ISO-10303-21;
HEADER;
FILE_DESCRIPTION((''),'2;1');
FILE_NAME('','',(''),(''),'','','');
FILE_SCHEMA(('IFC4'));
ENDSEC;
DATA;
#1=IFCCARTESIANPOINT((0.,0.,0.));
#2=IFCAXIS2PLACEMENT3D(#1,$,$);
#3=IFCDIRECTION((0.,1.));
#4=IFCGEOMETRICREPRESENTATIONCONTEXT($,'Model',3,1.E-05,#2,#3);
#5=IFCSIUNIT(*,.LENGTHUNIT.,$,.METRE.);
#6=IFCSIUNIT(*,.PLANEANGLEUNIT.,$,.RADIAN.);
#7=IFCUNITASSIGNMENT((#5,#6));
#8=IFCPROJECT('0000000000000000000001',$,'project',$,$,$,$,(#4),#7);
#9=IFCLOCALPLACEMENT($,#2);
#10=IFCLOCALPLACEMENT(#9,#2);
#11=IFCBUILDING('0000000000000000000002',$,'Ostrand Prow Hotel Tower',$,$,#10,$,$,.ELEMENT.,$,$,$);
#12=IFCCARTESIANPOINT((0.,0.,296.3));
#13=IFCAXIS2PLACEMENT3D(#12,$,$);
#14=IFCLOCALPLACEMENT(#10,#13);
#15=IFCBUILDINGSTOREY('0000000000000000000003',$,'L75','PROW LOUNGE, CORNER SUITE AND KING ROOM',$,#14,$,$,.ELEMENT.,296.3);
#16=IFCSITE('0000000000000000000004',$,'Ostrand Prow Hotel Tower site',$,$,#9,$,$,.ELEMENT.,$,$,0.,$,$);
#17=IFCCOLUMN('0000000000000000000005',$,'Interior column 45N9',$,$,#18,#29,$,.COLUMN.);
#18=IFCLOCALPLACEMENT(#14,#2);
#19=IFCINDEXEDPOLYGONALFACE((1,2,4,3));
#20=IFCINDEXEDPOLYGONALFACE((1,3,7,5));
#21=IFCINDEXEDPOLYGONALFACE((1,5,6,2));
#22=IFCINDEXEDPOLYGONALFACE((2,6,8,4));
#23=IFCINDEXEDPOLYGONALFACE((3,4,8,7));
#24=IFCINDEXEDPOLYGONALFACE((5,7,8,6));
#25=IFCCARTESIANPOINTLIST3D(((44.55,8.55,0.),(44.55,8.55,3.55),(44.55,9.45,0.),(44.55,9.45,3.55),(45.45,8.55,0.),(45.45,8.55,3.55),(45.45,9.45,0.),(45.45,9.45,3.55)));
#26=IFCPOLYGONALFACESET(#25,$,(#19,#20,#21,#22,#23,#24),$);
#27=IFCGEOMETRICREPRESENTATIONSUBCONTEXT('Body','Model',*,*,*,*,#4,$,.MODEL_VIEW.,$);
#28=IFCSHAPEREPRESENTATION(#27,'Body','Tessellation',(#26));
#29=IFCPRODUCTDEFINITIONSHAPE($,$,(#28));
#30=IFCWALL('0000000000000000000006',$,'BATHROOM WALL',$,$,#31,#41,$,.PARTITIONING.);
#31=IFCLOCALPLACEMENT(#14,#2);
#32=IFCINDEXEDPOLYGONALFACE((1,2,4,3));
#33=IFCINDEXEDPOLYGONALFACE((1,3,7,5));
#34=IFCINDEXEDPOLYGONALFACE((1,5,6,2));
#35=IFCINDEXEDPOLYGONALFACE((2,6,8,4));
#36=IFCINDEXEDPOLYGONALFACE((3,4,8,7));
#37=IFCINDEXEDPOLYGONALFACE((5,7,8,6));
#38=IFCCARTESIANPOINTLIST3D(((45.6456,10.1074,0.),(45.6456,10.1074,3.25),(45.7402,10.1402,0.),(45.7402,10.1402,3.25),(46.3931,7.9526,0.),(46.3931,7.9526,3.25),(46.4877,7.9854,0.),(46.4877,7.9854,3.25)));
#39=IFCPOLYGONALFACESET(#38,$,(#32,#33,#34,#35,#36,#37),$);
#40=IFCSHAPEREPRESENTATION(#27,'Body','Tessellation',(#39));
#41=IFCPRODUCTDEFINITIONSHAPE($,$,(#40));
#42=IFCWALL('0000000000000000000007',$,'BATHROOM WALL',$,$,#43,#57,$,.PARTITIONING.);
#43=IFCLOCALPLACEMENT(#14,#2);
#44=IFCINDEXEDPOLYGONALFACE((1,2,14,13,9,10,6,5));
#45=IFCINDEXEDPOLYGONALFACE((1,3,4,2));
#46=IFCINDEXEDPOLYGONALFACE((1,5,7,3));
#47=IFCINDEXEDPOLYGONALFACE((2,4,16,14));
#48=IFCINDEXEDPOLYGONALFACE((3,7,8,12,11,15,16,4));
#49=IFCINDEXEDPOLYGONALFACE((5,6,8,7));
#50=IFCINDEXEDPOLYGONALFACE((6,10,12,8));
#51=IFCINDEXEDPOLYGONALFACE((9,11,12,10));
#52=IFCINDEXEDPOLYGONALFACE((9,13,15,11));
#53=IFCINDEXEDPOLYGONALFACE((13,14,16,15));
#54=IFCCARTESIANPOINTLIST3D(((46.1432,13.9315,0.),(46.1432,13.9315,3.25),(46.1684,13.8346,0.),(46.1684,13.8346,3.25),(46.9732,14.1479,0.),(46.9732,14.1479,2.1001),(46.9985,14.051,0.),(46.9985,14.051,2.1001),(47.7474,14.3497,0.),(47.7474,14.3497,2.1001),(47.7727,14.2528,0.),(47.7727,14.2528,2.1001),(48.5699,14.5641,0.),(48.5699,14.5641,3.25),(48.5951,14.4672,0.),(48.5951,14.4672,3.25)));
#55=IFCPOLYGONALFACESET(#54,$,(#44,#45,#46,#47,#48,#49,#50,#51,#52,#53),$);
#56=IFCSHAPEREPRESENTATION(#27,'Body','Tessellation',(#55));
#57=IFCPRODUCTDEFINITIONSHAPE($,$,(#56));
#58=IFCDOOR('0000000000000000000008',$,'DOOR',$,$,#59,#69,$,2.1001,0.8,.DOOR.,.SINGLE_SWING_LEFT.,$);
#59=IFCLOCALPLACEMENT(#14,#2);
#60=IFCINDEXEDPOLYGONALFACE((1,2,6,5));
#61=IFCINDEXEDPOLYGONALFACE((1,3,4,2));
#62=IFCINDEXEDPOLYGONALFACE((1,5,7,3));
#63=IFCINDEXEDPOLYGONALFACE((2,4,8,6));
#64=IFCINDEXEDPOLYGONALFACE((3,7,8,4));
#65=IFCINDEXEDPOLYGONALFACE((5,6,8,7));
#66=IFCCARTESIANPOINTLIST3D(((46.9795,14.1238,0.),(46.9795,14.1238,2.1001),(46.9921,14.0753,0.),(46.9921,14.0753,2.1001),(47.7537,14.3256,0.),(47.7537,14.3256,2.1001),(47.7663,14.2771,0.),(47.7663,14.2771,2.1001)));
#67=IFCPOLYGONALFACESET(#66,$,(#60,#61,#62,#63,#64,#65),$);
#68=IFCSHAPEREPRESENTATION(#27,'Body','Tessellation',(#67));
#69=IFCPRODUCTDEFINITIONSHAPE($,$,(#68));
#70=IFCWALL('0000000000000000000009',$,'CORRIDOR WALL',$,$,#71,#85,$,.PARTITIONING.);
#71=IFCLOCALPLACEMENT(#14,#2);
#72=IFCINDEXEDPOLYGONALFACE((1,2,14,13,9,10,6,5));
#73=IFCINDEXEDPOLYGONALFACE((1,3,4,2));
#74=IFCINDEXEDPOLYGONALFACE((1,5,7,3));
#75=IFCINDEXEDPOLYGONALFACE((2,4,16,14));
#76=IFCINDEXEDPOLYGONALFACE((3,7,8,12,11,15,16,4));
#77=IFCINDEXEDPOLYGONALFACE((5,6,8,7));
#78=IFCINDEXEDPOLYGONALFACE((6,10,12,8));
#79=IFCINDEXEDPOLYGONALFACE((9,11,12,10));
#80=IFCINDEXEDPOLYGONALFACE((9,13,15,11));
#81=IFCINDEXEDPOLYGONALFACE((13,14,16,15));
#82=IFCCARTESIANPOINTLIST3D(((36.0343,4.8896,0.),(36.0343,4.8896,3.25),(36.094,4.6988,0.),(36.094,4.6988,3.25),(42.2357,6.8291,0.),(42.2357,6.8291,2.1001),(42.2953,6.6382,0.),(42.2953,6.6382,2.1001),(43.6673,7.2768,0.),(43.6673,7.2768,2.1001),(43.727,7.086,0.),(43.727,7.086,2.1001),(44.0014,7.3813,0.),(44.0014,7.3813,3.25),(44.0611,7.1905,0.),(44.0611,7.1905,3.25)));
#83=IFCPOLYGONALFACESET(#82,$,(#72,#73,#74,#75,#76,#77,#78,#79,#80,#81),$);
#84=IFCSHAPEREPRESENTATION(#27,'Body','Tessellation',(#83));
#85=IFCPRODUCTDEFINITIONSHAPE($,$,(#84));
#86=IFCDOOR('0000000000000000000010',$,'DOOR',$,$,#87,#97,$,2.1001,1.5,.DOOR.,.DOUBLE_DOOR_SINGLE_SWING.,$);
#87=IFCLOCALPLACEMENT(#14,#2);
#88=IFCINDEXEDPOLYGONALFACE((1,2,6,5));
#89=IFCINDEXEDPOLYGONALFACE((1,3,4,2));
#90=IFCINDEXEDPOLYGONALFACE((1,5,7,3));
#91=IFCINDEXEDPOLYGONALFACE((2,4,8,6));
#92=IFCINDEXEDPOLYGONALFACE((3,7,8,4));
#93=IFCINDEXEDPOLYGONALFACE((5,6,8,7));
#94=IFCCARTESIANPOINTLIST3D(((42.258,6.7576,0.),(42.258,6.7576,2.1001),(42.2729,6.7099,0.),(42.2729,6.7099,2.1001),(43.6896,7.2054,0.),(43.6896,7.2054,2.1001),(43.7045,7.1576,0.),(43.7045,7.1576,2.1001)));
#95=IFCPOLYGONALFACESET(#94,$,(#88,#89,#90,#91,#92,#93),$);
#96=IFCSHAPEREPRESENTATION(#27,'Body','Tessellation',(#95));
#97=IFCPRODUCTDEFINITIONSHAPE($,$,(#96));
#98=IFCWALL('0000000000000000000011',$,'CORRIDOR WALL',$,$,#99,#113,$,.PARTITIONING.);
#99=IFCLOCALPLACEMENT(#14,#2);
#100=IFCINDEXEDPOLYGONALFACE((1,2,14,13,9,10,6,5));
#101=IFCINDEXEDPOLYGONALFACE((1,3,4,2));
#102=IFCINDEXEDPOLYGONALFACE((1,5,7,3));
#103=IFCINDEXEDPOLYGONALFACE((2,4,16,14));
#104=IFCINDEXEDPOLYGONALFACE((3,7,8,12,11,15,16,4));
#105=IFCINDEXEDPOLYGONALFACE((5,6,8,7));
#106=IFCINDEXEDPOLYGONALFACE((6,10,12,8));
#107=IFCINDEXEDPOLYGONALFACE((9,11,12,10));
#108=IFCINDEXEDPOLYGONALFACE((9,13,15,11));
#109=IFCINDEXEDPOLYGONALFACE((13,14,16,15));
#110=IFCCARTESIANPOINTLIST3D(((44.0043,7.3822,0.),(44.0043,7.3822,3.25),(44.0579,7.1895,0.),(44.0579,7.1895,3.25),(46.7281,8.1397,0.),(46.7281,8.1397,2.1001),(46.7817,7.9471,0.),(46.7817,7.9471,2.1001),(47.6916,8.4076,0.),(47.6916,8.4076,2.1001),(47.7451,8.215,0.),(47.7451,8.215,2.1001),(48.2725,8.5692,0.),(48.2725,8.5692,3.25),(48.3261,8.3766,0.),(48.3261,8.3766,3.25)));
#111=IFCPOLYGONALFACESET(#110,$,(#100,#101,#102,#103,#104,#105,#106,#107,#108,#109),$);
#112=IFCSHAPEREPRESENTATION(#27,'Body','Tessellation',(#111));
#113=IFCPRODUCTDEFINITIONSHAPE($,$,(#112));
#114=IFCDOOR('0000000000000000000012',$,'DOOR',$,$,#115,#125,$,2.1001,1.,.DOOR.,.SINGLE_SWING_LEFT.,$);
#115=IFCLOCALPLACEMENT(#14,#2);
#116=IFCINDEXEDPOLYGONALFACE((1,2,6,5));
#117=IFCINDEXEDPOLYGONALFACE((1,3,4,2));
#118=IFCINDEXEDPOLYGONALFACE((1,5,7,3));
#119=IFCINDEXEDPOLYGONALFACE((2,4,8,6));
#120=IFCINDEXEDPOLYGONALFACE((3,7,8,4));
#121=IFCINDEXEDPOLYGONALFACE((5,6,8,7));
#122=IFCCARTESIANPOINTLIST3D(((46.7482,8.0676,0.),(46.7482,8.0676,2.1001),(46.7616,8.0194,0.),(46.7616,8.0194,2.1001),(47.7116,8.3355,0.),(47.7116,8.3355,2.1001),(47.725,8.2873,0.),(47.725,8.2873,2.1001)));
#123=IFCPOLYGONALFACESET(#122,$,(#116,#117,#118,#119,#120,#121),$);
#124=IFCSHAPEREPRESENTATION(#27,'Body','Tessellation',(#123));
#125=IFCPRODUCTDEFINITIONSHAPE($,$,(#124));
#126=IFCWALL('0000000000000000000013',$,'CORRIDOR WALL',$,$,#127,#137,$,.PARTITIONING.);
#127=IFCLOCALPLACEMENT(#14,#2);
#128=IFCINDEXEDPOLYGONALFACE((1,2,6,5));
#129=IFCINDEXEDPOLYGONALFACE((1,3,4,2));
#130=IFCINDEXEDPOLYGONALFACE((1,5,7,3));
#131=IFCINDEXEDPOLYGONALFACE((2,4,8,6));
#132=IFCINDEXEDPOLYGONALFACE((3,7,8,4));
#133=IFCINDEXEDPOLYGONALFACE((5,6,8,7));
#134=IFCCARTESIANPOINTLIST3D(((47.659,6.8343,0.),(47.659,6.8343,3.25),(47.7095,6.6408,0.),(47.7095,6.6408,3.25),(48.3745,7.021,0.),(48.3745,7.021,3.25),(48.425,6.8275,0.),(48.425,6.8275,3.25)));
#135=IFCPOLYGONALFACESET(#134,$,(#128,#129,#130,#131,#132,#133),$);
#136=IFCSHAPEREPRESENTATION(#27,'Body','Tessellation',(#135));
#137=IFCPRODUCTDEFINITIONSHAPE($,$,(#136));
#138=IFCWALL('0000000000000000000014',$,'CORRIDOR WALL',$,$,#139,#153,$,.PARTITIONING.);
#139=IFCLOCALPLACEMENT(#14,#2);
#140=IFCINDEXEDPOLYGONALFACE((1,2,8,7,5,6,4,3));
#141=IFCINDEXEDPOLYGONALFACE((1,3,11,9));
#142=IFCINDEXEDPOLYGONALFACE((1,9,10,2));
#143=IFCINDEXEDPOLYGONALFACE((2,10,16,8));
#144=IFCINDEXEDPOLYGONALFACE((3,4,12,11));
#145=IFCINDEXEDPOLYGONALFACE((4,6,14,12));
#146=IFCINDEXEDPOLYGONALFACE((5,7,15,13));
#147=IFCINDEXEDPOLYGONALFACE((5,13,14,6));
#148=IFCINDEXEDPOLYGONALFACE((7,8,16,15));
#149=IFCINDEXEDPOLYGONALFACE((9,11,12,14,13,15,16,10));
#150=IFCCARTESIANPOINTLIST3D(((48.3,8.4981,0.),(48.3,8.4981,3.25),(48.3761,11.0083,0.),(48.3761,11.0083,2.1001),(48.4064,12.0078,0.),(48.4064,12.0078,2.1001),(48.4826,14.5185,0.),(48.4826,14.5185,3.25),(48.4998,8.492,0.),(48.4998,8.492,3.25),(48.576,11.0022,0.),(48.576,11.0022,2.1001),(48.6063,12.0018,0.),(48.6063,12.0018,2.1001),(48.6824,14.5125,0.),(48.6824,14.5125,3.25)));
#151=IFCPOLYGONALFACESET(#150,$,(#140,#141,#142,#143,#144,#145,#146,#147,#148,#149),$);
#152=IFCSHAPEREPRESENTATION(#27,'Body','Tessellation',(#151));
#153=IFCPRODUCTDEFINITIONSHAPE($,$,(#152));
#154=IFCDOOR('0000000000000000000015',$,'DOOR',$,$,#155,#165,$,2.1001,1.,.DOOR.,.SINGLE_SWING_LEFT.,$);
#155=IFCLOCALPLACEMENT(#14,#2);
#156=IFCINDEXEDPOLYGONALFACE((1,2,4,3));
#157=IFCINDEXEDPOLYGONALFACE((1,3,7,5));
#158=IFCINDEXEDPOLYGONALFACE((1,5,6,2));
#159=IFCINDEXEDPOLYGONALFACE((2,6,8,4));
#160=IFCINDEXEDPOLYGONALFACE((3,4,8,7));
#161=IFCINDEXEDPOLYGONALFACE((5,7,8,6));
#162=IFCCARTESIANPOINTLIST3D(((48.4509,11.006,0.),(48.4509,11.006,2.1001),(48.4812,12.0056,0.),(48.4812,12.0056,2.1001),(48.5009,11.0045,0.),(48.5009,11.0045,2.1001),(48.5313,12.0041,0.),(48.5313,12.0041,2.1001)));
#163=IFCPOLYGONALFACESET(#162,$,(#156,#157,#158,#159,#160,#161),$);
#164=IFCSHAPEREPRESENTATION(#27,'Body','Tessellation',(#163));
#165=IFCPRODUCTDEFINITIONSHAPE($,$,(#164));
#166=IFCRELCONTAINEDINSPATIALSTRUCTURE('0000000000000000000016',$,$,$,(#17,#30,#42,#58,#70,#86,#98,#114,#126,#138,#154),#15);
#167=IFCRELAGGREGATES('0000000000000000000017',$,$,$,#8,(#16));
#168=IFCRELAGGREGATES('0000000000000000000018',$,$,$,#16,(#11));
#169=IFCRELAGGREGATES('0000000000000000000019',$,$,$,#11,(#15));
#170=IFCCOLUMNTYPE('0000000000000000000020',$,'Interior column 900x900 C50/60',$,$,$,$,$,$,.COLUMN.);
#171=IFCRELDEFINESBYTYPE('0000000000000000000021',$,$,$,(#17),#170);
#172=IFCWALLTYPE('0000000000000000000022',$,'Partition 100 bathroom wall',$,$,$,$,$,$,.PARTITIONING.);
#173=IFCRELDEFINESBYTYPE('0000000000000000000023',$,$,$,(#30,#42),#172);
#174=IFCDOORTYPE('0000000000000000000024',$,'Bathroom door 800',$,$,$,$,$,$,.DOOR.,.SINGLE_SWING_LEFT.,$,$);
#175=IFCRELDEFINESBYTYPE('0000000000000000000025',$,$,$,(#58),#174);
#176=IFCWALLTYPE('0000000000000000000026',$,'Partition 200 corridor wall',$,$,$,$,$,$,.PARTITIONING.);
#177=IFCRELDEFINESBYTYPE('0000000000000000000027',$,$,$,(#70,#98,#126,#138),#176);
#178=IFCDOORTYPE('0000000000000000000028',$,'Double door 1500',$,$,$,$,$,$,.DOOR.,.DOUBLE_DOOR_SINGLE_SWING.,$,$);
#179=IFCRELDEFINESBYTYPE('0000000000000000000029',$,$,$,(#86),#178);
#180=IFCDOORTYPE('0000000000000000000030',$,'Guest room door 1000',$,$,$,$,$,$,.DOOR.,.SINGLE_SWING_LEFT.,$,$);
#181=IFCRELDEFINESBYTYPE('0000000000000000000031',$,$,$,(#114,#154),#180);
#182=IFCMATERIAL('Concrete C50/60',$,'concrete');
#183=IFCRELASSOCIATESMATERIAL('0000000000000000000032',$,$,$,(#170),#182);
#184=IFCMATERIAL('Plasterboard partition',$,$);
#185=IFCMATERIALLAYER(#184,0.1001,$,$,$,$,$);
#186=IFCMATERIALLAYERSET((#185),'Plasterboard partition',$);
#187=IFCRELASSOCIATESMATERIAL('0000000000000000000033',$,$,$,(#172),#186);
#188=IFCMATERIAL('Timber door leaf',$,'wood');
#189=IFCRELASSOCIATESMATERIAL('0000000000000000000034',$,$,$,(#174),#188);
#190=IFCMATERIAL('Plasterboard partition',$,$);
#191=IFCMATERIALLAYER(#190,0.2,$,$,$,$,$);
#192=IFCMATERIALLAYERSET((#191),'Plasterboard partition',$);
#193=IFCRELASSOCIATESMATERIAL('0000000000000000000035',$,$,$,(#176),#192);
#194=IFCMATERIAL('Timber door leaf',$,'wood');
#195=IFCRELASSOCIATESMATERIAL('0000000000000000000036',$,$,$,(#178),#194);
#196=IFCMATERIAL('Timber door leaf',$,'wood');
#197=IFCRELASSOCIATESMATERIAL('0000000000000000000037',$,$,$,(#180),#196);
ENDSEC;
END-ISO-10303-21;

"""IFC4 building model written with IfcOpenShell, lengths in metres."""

from ifc_helpers import new_model, si_unit, direction, frame, frame_2d, origin, origin_2d, place, context, subcontext, project, spatial, rectangle, extrude, material, layer, layer_set, material_profile, profile_set, type_object, element, fill, save


model = new_model("IFC4")

# Units and contexts
model_context = context("Model", 3, precision=1e-05, world=origin(), true_north=direction((0.0, 1.0)))
body_context = subcontext(model_context, "Body", "Model", "MODEL_VIEW")
ifc_project = project(units=[si_unit("LENGTHUNIT", "METRE"), si_unit("PLANEANGLEUNIT", "RADIAN")], contexts=[model_context])

# Site, building, storey
site_placement = place(None, origin())
site = spatial("IfcSite", under=ifc_project, at=site_placement, Name="Ostrand Prow Hotel Tower site", CompositionType="ELEMENT", RefElevation=0.0)
building_placement = place(site_placement, origin())
building = spatial("IfcBuilding", under=site, at=building_placement, Name="Ostrand Prow Hotel Tower", CompositionType="ELEMENT")
storey_placement = place(building_placement, frame((0.0, 0.0, 296.3)))
storey = spatial("IfcBuildingStorey", under=building, at=storey_placement, Name="L75", Description="PROW LOUNGE, CORNER SUITE AND KING ROOM", CompositionType="ELEMENT", Elevation=296.3)

# Column
ifc_material_1 = material(Name="Concrete C50/60", Category="concrete")
ifc_material_profile = material_profile(ifc_material_1, rectangle(XDim=0.8999, YDim=0.8999, at=origin_2d()), Name="RC 900x900")
ifc_profile_set = profile_set([ifc_material_profile], Name="Concrete C50/60")
column_type = type_object("IfcColumnType", Name="Interior column 900x900 C50/60", PredefinedType="COLUMN", material=ifc_profile_set)
column_placement = place(storey_placement, frame((45.0, 9.0, 0.0), z_axis=(0.0, 0.0, 1.0), x_axis=(1.0, 0.0, 0.0)))
element("IfcColumn", 1, at=column_placement, inside=storey, type_object=column_type, Name="Interior column 45N9", PredefinedType="COLUMN", context=body_context, shape_type="SweptSolid", body=[
    extrude(rectangle(XDim=0.8999, YDim=0.8999, at=origin_2d()), origin(), (0.0, 0.0, 1.0), 3.55),
])

# Wall
ifc_material_2 = material(Name="Plasterboard partition")
ifc_layer_1 = layer(ifc_material_2, 0.1001)
ifc_layer_set_1 = layer_set([ifc_layer_1], Name="Plasterboard partition")
wall_type_1 = type_object("IfcWallType", Name="Partition 100 bathroom wall", PredefinedType="PARTITIONING", material=ifc_layer_set_1)
wall_1_placement = place(storey_placement, frame((45.6929, 10.1238, 0.0), z_axis=(0.0, 0.0, 1.0), x_axis=(0.327765, -0.944759, 0.0)))
element("IfcWall", 2, at=wall_1_placement, inside=storey, type_object=wall_type_1, Name="BATHROOM WALL", PredefinedType="PARTITIONING", context=body_context, shape_type="SweptSolid", body=[
    extrude(rectangle(XDim=2.2808, YDim=0.1001, at=frame_2d((1.1404, 0.0))), origin(), (0.0, 0.0, 1.0), 3.25),
])

# Walls, openings, doors
wall_2_placement = place(storey_placement, frame((48.5825, 14.5156, 0.0), z_axis=(0.0, 0.0, 1.0), x_axis=(-0.967666, -0.252236, 0.0)))
wall_2 = element("IfcWall", 3, at=wall_2_placement, inside=storey, type_object=wall_type_1, Name="BATHROOM WALL", PredefinedType="PARTITIONING", context=body_context, shape_type="SweptSolid", body=[
    extrude(rectangle(XDim=2.5078, YDim=0.1001, at=frame_2d((1.2539, 0.0))), origin(), (0.0, 0.0, 1.0), 3.25),
])
opening_1_placement = place(wall_2_placement, frame((0.8501, 0.0, 0.0)))
opening_1 = element("IfcOpeningElement", 4, at=opening_1_placement, cuts=wall_2, PredefinedType="OPENING", context=body_context, shape_type="SweptSolid", body=[
    extrude(rectangle(XDim=0.8, YDim=2.1001, at=frame_2d((0.3999, 1.05))), frame((0.0, 0.0601, 0.0), z_axis=(0.0, -1.0, 0.0), x_axis=(1.0, 0.0, 0.0)), (0.0, 0.0, 1.0), 0.1201),
])
ifc_material_3 = material(Name="Timber door leaf", Category="wood")
door_type_1 = type_object("IfcDoorType", Name="Bathroom door 800", OperationType="SINGLE_SWING_LEFT", PredefinedType="DOOR", material=ifc_material_3)
door_1_placement = place(opening_1_placement, origin())
door_1 = element("IfcDoor", 5, at=door_1_placement, inside=storey, type_object=door_type_1, Name="DOOR", OperationType="SINGLE_SWING_LEFT", OverallHeight=2.1001, OverallWidth=0.8, PredefinedType="DOOR", context=body_context, shape_type="SweptSolid", body=[
    extrude(rectangle(XDim=0.8, YDim=2.1001, at=frame_2d((0.3999, 1.05))), frame((0.0, 0.0249, 0.0), z_axis=(0.0, -1.0, 0.0), x_axis=(1.0, 0.0, 0.0)), (0.0, 0.0, 1.0), 0.05),
])
fill(opening_1, door_1)
ifc_material_4 = material(Name="Plasterboard partition")
ifc_layer_2 = layer(ifc_material_4, 0.2)
ifc_layer_set_2 = layer_set([ifc_layer_2], Name="Plasterboard partition")
wall_type_2 = type_object("IfcWallType", Name="Partition 200 corridor wall", PredefinedType="PARTITIONING", material=ifc_layer_set_2)
wall_3_placement = place(storey_placement, frame((44.0312, 7.2859, 0.0), z_axis=(0.0, 0.0, 1.0), x_axis=(-0.954412, -0.298493, 0.0)))
wall_3 = element("IfcWall", 6, at=wall_3_placement, inside=storey, type_object=wall_type_2, Name="CORRIDOR WALL", PredefinedType="PARTITIONING", context=body_context, shape_type="SweptSolid", body=[
    extrude(rectangle(XDim=8.3477, YDim=0.2, at=frame_2d((4.1738, 0.0))), origin(), (0.0, 0.0, 1.0), 3.25),
])
opening_2_placement = place(wall_3_placement, frame((0.3501, 0.0, 0.0)))
opening_2 = element("IfcOpeningElement", 7, at=opening_2_placement, cuts=wall_3, PredefinedType="OPENING", context=body_context, shape_type="SweptSolid", body=[
    extrude(rectangle(XDim=1.5, YDim=2.1001, at=frame_2d((0.75, 1.05))), frame((0.0, 0.1099, 0.0), z_axis=(0.0, -1.0, 0.0), x_axis=(1.0, 0.0, 0.0)), (0.0, 0.0, 1.0), 0.22),
])
ifc_material_5 = material(Name="Timber door leaf", Category="wood")
door_type_2 = type_object("IfcDoorType", Name="Double door 1500", OperationType="DOUBLE_DOOR_SINGLE_SWING", PredefinedType="DOOR", material=ifc_material_5)
door_2_placement = place(opening_2_placement, origin())
door_2 = element("IfcDoor", 8, at=door_2_placement, inside=storey, type_object=door_type_2, Name="DOOR", OperationType="DOUBLE_DOOR_SINGLE_SWING", OverallHeight=2.1001, OverallWidth=1.5, PredefinedType="DOOR", context=body_context, shape_type="SweptSolid", body=[
    extrude(rectangle(XDim=1.5, YDim=2.1001, at=frame_2d((0.75, 1.05))), frame((0.0, 0.0249, 0.0), z_axis=(0.0, -1.0, 0.0), x_axis=(1.0, 0.0, 0.0)), (0.0, 0.0, 1.0), 0.05),
])
fill(opening_2, door_2)
wall_4_placement = place(storey_placement, frame((48.2993, 8.4729, 0.0), z_axis=(0.0, 0.0, 1.0), x_axis=(-0.963434, -0.267945, 0.0)))
wall_4 = element("IfcWall", 9, at=wall_4_placement, inside=storey, type_object=wall_type_2, Name="CORRIDOR WALL", PredefinedType="PARTITIONING", context=body_context, shape_type="SweptSolid", body=[
    extrude(rectangle(XDim=4.4302, YDim=0.2, at=frame_2d((2.2151, 0.0))), origin(), (0.0, 0.0, 1.0), 3.25),
])
opening_3_placement = place(wall_4_placement, frame((0.603, 0.0, 0.0)))
opening_3 = element("IfcOpeningElement", 10, at=opening_3_placement, cuts=wall_4, PredefinedType="OPENING", context=body_context, shape_type="SweptSolid", body=[
    extrude(rectangle(XDim=1.0, YDim=2.1001, at=frame_2d((0.5, 1.05))), frame((0.0, 0.1099, 0.0), z_axis=(0.0, -1.0, 0.0), x_axis=(1.0, 0.0, 0.0)), (0.0, 0.0, 1.0), 0.22),
])
ifc_material_6 = material(Name="Timber door leaf", Category="wood")
door_type_3 = type_object("IfcDoorType", Name="Guest room door 1000", OperationType="SINGLE_SWING_LEFT", PredefinedType="DOOR", material=ifc_material_6)
door_3_placement = place(opening_3_placement, origin())
door_3 = element("IfcDoor", 11, at=door_3_placement, inside=storey, type_object=door_type_3, Name="DOOR", OperationType="SINGLE_SWING_LEFT", OverallHeight=2.1001, OverallWidth=1.0, PredefinedType="DOOR", context=body_context, shape_type="SweptSolid", body=[
    extrude(rectangle(XDim=1.0, YDim=2.1001, at=frame_2d((0.5, 1.05))), frame((0.0, 0.0249, 0.0), z_axis=(0.0, -1.0, 0.0), x_axis=(1.0, 0.0, 0.0)), (0.0, 0.0, 1.0), 0.05),
])
fill(opening_3, door_3)

# Wall
wall_5_placement = place(storey_placement, frame((47.6843, 6.7375, 0.0), z_axis=(0.0, 0.0, 1.0), x_axis=(0.967586, 0.252543, 0.0)))
element("IfcWall", 12, at=wall_5_placement, inside=storey, type_object=wall_type_2, Name="CORRIDOR WALL", PredefinedType="PARTITIONING", context=body_context, shape_type="SweptSolid", body=[
    extrude(rectangle(XDim=0.7395, YDim=0.2, at=frame_2d((0.3696, 0.0))), origin(), (0.0, 0.0, 1.0), 3.25),
])

# Wall, opening, door
wall_6_placement = place(storey_placement, frame((48.5825, 14.5156, 0.0), z_axis=(0.0, 0.0, 1.0), x_axis=(-0.030319, -0.99954, 0.0)))
wall_6 = element("IfcWall", 13, at=wall_6_placement, inside=storey, type_object=wall_type_2, Name="CORRIDOR WALL", PredefinedType="PARTITIONING", context=body_context, shape_type="SweptSolid", body=[
    extrude(rectangle(XDim=6.0232, YDim=0.2, at=frame_2d((3.0117, 0.0))), origin(), (0.0, 0.0, 1.0), 3.25),
])
opening_4_placement = place(wall_6_placement, frame((2.512, 0.0, 0.0)))
opening_4 = element("IfcOpeningElement", 14, at=opening_4_placement, cuts=wall_6, PredefinedType="OPENING", context=body_context, shape_type="SweptSolid", body=[
    extrude(rectangle(XDim=1.0, YDim=2.1001, at=frame_2d((0.5, 1.05))), frame((0.0, 0.1099, 0.0), z_axis=(0.0, -1.0, 0.0), x_axis=(1.0, 0.0, 0.0)), (0.0, 0.0, 1.0), 0.22),
])
door_4_placement = place(opening_4_placement, origin())
door_4 = element("IfcDoor", 15, at=door_4_placement, inside=storey, type_object=door_type_3, Name="DOOR", OperationType="SINGLE_SWING_LEFT", OverallHeight=2.1001, OverallWidth=1.0, PredefinedType="DOOR", context=body_context, shape_type="SweptSolid", body=[
    extrude(rectangle(XDim=1.0, YDim=2.1001, at=frame_2d((0.5, 1.05))), frame((0.0, 0.0249, 0.0), z_axis=(0.0, -1.0, 0.0), x_axis=(1.0, 0.0, 0.0)), (0.0, 0.0, 1.0), 0.05),
])
fill(opening_4, door_4)

save(model, "model.ifc")
